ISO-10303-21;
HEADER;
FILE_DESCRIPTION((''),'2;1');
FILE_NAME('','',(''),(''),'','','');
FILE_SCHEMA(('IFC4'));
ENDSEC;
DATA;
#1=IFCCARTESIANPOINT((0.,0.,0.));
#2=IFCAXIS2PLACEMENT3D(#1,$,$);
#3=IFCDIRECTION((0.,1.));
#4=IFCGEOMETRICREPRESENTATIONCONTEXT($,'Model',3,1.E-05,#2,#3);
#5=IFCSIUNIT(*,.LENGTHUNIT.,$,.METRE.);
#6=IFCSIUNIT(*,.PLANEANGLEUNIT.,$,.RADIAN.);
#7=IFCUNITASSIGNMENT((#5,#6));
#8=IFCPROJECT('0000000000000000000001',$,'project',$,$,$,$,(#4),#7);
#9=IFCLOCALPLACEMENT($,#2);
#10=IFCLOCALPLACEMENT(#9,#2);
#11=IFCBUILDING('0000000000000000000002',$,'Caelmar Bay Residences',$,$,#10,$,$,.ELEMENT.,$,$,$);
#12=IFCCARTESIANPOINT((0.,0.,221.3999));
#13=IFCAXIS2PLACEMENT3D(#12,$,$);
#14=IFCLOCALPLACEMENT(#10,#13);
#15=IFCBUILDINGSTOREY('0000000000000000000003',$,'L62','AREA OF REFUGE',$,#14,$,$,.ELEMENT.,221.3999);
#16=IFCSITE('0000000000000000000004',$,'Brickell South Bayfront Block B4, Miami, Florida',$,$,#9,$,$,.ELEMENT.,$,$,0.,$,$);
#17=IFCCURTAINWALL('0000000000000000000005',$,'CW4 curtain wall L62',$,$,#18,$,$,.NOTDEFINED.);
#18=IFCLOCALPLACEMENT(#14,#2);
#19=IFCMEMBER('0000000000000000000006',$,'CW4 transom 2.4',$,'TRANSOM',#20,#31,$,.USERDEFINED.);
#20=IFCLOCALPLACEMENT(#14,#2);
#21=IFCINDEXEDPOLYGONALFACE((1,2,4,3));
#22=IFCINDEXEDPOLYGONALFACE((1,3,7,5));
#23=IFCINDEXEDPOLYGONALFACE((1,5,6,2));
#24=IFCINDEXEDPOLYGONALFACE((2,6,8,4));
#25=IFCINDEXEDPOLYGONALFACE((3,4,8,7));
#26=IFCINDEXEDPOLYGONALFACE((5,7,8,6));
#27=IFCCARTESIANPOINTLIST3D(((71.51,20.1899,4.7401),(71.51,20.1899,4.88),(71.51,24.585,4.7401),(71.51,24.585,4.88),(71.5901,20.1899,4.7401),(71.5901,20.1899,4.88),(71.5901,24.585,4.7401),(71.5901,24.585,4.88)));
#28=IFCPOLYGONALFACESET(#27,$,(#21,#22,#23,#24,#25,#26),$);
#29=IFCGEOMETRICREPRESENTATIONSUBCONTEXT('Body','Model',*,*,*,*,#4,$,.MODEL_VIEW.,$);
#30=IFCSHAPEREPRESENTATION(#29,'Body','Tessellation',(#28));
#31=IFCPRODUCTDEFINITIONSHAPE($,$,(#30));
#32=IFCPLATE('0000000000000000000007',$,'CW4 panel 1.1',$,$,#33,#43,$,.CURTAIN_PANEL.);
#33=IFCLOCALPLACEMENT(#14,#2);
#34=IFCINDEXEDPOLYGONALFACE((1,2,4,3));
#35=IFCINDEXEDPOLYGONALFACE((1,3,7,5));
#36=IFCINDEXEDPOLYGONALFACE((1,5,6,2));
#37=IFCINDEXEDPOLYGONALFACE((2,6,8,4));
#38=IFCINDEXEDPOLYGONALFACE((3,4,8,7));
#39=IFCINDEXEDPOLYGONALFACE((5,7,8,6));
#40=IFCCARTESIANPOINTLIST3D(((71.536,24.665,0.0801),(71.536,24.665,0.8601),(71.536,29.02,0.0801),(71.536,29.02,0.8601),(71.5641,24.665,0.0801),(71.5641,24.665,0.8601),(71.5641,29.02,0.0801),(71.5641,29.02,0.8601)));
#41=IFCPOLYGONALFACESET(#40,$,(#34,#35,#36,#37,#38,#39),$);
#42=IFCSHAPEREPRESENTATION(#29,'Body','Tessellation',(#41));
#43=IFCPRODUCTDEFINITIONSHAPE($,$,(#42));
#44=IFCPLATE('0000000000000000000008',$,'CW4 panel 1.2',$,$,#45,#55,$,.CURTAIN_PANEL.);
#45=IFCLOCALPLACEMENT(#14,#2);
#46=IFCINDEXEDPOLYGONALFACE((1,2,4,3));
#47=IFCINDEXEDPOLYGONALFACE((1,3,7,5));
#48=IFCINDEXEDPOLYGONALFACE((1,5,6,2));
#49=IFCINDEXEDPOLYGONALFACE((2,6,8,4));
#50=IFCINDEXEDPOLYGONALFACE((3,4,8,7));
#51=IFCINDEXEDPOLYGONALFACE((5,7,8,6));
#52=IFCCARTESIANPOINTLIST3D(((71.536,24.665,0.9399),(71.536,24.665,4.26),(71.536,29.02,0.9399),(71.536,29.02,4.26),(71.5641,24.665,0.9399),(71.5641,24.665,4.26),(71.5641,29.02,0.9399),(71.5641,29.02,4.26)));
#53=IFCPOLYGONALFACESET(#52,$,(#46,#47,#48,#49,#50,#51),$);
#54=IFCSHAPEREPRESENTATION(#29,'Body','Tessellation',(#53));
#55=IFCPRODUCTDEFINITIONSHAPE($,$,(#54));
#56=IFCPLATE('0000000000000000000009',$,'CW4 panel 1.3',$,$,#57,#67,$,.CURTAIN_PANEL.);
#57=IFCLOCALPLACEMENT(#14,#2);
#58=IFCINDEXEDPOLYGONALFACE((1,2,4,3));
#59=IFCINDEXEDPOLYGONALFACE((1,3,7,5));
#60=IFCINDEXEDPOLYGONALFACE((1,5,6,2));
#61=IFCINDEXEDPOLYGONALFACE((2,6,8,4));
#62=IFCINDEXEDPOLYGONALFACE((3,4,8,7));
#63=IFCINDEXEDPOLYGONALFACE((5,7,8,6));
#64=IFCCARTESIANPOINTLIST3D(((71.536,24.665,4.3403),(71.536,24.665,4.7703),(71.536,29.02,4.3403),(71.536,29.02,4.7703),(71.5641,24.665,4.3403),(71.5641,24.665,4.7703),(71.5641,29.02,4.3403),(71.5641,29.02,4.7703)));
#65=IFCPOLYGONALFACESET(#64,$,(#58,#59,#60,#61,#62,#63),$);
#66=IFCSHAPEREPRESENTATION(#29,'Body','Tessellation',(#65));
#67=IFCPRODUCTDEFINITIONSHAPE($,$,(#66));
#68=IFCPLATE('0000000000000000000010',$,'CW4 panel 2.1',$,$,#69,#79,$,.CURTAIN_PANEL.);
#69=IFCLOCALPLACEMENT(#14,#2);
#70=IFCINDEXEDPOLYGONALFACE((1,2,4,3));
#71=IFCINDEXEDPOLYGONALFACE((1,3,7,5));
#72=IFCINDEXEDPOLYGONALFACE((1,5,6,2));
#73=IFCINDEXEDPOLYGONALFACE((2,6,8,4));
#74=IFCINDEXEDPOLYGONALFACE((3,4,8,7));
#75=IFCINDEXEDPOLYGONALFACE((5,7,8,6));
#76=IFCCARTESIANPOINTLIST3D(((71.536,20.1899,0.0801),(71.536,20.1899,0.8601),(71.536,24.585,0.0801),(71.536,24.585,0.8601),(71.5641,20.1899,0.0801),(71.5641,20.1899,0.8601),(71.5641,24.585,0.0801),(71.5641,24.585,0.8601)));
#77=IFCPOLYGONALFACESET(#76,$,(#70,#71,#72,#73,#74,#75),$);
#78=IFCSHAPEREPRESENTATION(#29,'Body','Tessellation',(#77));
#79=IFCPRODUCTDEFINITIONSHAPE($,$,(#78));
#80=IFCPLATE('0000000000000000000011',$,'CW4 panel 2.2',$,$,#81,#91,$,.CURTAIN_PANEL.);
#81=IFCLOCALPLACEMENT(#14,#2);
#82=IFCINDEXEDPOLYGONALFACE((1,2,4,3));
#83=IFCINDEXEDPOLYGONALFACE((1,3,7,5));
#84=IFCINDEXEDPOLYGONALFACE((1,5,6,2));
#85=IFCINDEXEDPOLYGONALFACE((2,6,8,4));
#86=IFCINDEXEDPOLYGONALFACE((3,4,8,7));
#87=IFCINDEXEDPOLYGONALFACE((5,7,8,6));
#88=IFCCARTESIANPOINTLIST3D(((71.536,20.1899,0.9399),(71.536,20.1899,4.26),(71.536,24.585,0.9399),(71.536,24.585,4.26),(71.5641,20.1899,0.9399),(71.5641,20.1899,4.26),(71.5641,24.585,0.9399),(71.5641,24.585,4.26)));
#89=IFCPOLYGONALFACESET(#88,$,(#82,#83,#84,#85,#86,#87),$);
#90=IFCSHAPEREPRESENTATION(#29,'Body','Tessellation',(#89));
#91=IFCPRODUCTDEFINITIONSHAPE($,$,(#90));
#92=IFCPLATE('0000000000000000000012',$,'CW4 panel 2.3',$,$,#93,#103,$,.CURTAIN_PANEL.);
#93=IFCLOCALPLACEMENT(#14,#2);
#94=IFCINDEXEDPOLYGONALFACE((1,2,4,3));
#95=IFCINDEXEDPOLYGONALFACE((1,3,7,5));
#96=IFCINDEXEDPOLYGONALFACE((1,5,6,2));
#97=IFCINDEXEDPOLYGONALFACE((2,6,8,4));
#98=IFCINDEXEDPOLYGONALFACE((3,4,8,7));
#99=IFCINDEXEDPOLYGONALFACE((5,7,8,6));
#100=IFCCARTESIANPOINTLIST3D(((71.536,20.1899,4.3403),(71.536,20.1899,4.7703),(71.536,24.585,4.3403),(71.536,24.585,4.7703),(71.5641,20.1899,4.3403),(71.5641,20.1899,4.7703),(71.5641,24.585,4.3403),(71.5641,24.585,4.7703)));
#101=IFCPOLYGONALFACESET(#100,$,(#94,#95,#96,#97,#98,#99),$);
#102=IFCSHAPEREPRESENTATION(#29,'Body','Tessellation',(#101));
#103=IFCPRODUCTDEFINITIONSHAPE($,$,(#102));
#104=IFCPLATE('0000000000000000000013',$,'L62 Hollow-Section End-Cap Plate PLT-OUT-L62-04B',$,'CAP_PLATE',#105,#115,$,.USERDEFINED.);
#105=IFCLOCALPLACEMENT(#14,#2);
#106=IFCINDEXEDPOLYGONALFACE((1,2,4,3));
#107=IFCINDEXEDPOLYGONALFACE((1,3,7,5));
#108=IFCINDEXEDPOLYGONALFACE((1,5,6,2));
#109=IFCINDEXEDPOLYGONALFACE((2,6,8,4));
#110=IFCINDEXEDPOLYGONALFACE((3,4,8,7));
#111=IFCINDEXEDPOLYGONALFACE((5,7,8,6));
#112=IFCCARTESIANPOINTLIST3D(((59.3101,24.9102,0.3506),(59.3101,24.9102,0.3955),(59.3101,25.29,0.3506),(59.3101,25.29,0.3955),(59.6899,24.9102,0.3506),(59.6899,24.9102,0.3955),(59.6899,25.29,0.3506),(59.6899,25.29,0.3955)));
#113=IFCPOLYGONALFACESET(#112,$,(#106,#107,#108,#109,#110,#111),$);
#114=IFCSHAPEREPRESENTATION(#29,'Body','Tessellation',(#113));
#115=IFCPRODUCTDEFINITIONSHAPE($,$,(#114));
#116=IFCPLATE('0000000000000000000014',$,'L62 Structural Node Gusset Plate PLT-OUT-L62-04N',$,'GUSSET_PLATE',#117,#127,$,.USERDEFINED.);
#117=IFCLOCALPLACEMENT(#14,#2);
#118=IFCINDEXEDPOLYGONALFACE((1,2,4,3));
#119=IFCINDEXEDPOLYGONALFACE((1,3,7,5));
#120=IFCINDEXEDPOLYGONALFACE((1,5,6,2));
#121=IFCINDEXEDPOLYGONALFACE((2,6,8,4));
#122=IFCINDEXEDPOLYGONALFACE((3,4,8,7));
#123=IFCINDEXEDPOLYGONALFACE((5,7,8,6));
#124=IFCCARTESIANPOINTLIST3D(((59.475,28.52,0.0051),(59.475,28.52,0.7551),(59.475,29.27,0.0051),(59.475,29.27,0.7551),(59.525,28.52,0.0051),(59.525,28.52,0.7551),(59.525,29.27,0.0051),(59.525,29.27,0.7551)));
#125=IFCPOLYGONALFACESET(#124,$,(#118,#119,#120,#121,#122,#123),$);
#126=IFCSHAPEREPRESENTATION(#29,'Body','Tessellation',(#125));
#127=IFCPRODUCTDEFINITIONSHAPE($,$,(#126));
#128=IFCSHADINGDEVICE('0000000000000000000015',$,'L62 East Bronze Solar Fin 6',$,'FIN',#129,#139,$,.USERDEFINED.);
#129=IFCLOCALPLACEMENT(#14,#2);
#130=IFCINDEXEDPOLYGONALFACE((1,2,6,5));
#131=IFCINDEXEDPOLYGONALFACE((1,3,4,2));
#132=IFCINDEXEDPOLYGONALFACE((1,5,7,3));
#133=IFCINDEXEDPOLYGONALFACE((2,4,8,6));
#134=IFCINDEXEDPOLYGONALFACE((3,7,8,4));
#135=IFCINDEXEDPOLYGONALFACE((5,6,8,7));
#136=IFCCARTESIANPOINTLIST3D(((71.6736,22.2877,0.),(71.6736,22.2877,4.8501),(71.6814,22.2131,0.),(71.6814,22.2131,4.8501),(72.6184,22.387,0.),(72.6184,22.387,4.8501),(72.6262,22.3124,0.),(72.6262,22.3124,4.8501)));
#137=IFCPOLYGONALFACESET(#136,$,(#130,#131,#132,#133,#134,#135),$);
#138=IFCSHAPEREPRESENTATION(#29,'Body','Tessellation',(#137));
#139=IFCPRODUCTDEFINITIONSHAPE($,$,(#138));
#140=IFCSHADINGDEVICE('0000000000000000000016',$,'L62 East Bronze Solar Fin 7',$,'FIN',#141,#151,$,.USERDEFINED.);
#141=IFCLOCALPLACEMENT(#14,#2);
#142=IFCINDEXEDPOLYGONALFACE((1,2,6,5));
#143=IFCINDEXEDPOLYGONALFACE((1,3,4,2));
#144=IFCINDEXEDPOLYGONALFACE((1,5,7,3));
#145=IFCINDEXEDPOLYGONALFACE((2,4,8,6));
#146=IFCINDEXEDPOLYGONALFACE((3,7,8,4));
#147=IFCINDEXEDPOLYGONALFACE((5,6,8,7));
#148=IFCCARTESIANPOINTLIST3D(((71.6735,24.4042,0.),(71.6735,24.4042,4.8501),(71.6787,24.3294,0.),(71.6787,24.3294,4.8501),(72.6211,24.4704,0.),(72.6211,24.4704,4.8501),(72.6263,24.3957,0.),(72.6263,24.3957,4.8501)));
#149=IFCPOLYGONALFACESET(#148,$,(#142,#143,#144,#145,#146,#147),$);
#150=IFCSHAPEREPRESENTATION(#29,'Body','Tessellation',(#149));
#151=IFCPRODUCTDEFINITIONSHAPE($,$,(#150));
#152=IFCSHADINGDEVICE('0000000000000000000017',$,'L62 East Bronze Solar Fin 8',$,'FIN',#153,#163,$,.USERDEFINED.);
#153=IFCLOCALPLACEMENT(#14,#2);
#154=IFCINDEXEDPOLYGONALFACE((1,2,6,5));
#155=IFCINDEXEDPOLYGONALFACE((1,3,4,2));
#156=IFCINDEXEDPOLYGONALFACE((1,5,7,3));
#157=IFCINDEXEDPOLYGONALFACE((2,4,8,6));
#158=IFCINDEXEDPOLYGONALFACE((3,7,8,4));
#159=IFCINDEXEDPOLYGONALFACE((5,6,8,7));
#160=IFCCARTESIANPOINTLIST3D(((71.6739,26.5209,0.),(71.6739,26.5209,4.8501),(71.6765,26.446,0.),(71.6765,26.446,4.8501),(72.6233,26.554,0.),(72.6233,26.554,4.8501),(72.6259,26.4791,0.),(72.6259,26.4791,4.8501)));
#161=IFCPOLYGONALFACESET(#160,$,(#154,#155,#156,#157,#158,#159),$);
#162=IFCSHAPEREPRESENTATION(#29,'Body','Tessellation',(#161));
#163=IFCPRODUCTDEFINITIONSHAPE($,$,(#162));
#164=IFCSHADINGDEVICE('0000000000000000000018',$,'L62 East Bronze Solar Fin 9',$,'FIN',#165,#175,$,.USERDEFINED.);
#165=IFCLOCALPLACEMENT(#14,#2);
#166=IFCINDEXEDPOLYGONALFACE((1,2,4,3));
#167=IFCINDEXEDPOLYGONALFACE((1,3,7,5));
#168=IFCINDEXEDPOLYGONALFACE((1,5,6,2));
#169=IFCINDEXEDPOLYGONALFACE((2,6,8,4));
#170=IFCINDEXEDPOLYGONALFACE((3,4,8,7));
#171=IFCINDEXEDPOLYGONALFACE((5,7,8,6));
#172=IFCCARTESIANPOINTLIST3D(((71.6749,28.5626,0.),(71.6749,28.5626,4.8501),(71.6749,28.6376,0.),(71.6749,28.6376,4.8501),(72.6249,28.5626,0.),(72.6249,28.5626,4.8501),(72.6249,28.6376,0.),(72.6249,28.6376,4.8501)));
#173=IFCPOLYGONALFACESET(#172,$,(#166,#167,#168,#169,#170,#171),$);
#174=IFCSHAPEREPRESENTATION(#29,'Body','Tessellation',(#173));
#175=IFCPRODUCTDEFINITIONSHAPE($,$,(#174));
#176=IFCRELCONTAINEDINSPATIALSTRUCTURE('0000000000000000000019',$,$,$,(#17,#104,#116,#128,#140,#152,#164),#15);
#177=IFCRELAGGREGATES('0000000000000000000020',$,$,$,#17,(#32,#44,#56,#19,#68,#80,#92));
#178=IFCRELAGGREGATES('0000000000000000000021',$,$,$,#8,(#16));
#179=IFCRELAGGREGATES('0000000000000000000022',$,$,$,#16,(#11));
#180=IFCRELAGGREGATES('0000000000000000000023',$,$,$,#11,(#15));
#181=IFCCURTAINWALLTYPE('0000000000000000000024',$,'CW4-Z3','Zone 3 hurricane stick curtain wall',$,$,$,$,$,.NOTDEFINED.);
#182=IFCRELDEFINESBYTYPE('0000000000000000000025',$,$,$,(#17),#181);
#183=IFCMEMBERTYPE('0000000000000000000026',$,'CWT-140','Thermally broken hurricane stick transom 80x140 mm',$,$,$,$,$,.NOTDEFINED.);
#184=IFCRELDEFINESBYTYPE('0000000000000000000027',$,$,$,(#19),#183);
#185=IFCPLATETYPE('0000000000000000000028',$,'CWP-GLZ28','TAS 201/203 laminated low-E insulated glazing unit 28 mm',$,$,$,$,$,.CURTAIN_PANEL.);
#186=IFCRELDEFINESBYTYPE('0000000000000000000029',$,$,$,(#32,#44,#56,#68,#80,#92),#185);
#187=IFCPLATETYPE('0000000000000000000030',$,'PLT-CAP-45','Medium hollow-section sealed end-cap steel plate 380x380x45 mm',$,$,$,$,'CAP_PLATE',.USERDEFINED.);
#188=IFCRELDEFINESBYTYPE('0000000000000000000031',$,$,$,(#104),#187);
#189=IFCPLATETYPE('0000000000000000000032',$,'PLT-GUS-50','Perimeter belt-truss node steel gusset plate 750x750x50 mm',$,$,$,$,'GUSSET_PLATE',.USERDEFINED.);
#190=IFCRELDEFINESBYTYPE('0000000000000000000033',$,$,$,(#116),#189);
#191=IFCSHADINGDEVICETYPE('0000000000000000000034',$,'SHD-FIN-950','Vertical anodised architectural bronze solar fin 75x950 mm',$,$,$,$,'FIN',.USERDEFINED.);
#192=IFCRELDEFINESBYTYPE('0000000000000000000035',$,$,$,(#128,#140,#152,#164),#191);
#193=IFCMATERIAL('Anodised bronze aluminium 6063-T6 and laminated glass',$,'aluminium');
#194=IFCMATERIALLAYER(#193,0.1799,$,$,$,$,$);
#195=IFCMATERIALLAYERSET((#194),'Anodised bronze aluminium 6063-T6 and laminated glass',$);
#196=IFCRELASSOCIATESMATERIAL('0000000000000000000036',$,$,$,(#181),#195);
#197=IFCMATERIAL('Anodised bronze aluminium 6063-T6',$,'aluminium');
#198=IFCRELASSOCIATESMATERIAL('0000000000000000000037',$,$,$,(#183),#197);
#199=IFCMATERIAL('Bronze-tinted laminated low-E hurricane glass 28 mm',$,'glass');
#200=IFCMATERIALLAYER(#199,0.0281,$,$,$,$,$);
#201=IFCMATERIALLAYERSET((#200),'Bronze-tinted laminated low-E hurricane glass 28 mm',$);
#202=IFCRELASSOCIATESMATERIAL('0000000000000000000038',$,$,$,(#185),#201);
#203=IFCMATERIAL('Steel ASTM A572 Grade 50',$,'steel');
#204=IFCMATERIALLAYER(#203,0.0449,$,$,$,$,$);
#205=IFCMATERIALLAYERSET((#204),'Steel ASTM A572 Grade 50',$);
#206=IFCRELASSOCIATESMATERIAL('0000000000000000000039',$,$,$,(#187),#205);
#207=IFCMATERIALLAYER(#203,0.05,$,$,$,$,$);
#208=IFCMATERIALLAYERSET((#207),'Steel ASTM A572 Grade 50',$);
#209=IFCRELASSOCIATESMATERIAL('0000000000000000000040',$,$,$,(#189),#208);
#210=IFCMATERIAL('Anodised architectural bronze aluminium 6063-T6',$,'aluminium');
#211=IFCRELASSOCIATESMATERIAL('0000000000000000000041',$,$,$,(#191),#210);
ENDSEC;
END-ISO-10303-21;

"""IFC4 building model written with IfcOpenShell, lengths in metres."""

from ifc_helpers import new_model, si_unit, direction, frame, origin, origin_2d, place, context, subcontext, project, spatial, rectangle, extrude, material, layer, layer_set, material_profile, profile_set, type_object, element, aggregate, save


model = new_model("IFC4")

# Units and contexts
model_context = context("Model", 3, precision=1e-05, world=origin(), true_north=direction((0.0, 1.0)))
body_context = subcontext(model_context, "Body", "Model", "MODEL_VIEW")
ifc_project = project(units=[si_unit("LENGTHUNIT", "METRE"), si_unit("PLANEANGLEUNIT", "RADIAN")], contexts=[model_context])

# Site, building, storey
site_placement = place(None, origin())
site = spatial("IfcSite", under=ifc_project, at=site_placement, Name="Brickell South Bayfront Block B4, Miami, Florida", CompositionType="ELEMENT", RefElevation=0.0)
building_placement = place(site_placement, origin())
building = spatial("IfcBuilding", under=site, at=building_placement, Name="Caelmar Bay Residences", CompositionType="ELEMENT")
storey_placement = place(building_placement, frame((0.0, 0.0, 221.3999)))
storey = spatial("IfcBuildingStorey", under=building, at=storey_placement, Name="L62", Description="AREA OF REFUGE", CompositionType="ELEMENT", Elevation=221.3999)

# Curtain wall, member, plates
ifc_material_1 = material(Name="Anodised bronze aluminium 6063-T6 and laminated glass", Category="aluminium")
ifc_layer_1 = layer(ifc_material_1, 0.1799)
ifc_layer_set_1 = layer_set([ifc_layer_1], Name="Anodised bronze aluminium 6063-T6 and laminated glass")
curtain_wall_type = type_object("IfcCurtainWallType", Name="CW4-Z3", Description="Zone 3 hurricane stick curtain wall", PredefinedType="NOTDEFINED", material=ifc_layer_set_1)
curtain_wall_placement = place(storey_placement, origin())
curtain_wall = element("IfcCurtainWall", 1, at=curtain_wall_placement, inside=storey, type_object=curtain_wall_type, Name="CW4 curtain wall L62", PredefinedType="NOTDEFINED")
ifc_material_2 = material(Name="Anodised bronze aluminium 6063-T6", Category="aluminium")
ifc_material_profile_1 = material_profile(ifc_material_2, rectangle(XDim=0.0801, YDim=0.1399, at=origin_2d()), Name="CWT-80X140")
ifc_profile_set_1 = profile_set([ifc_material_profile_1], Name="Anodised bronze aluminium 6063-T6")
member_type_1 = type_object("IfcMemberType", Name="CWT-140", Description="Thermally broken hurricane stick transom 80x140 mm", PredefinedType="NOTDEFINED", material=ifc_profile_set_1)
member_1_placement = place(storey_placement, frame((71.55, 24.585, 4.8101), z_axis=(0.0, -1.0, 0.0), x_axis=(1.0, 0.0, 0.0)))
member_1 = element("IfcMember", 2, at=member_1_placement, type_object=member_type_1, Name="CW4 transom 2.4", ObjectType="TRANSOM", PredefinedType="USERDEFINED", context=body_context, shape_type="SweptSolid", body=[
    extrude(rectangle(XDim=0.0801, YDim=0.1399, at=origin_2d()), origin(), (0.0, 0.0, 1.0), 4.395),
])
ifc_material_3 = material(Name="Bronze-tinted laminated low-E hurricane glass 28 mm", Category="glass")
ifc_layer_2 = layer(ifc_material_3, 0.0281)
ifc_layer_set_2 = layer_set([ifc_layer_2], Name="Bronze-tinted laminated low-E hurricane glass 28 mm")
plate_type_1 = type_object("IfcPlateType", Name="CWP-GLZ28", Description="TAS 201/203 laminated low-E insulated glazing unit 28 mm", PredefinedType="CURTAIN_PANEL", material=ifc_layer_set_2)
plate_1_placement = place(storey_placement, frame((71.55, 26.8425, 0.0801), z_axis=(0.0, 0.0, 1.0), x_axis=(0.0, -1.0, 0.0)))
plate_1 = element("IfcPlate", 3, at=plate_1_placement, type_object=plate_type_1, Name="CW4 panel 1.1", PredefinedType="CURTAIN_PANEL", context=body_context, shape_type="SweptSolid", body=[
    extrude(rectangle(XDim=4.355, YDim=0.0281, at=origin_2d()), origin(), (0.0, 0.0, 1.0), 0.78),
])
plate_2_placement = place(storey_placement, frame((71.55, 26.8425, 0.9399), z_axis=(0.0, 0.0, 1.0), x_axis=(0.0, -1.0, 0.0)))
plate_2 = element("IfcPlate", 4, at=plate_2_placement, type_object=plate_type_1, Name="CW4 panel 1.2", PredefinedType="CURTAIN_PANEL", context=body_context, shape_type="SweptSolid", body=[
    extrude(rectangle(XDim=4.355, YDim=0.0281, at=origin_2d()), origin(), (0.0, 0.0, 1.0), 3.3201),
])
plate_3_placement = place(storey_placement, frame((71.55, 26.8425, 4.3403), z_axis=(0.0, 0.0, 1.0), x_axis=(0.0, -1.0, 0.0)))
plate_3 = element("IfcPlate", 5, at=plate_3_placement, type_object=plate_type_1, Name="CW4 panel 1.3", PredefinedType="CURTAIN_PANEL", context=body_context, shape_type="SweptSolid", body=[
    extrude(rectangle(XDim=4.355, YDim=0.0281, at=origin_2d()), origin(), (0.0, 0.0, 1.0), 0.4299),
])
plate_4_placement = place(storey_placement, frame((71.55, 22.3875, 0.0801), z_axis=(0.0, 0.0, 1.0), x_axis=(0.0, -1.0, 0.0)))
plate_4 = element("IfcPlate", 6, at=plate_4_placement, type_object=plate_type_1, Name="CW4 panel 2.1", PredefinedType="CURTAIN_PANEL", context=body_context, shape_type="SweptSolid", body=[
    extrude(rectangle(XDim=4.395, YDim=0.0281, at=origin_2d()), origin(), (0.0, 0.0, 1.0), 0.78),
])
plate_5_placement = place(storey_placement, frame((71.55, 22.3875, 0.9399), z_axis=(0.0, 0.0, 1.0), x_axis=(0.0, -1.0, 0.0)))
plate_5 = element("IfcPlate", 7, at=plate_5_placement, type_object=plate_type_1, Name="CW4 panel 2.2", PredefinedType="CURTAIN_PANEL", context=body_context, shape_type="SweptSolid", body=[
    extrude(rectangle(XDim=4.395, YDim=0.0281, at=origin_2d()), origin(), (0.0, 0.0, 1.0), 3.3201),
])
plate_6_placement = place(storey_placement, frame((71.55, 22.3875, 4.3403), z_axis=(0.0, 0.0, 1.0), x_axis=(0.0, -1.0, 0.0)))
plate_6 = element("IfcPlate", 8, at=plate_6_placement, type_object=plate_type_1, Name="CW4 panel 2.3", PredefinedType="CURTAIN_PANEL", context=body_context, shape_type="SweptSolid", body=[
    extrude(rectangle(XDim=4.395, YDim=0.0281, at=origin_2d()), origin(), (0.0, 0.0, 1.0), 0.4299),
])
aggregate(curtain_wall, [plate_1, plate_2, plate_3, member_1, plate_4, plate_5, plate_6])

# Plates
ifc_material_4 = material(Name="Steel ASTM A572 Grade 50", Category="steel")
ifc_layer_3 = layer(ifc_material_4, 0.0449)
ifc_layer_set_3 = layer_set([ifc_layer_3], Name="Steel ASTM A572 Grade 50")
plate_type_2 = type_object("IfcPlateType", Name="PLT-CAP-45", Description="Medium hollow-section sealed end-cap steel plate 380x380x45 mm", ElementType="CAP_PLATE", PredefinedType="USERDEFINED", material=ifc_layer_set_3)
plate_7_placement = place(storey_placement, frame((59.5, 25.1001, 0.3506), z_axis=(0.0, 0.0, 1.0), x_axis=(1.0, 0.0, 0.0)))
element("IfcPlate", 9, at=plate_7_placement, inside=storey, type_object=plate_type_2, Name="L62 Hollow-Section End-Cap Plate PLT-OUT-L62-04B", ObjectType="CAP_PLATE", PredefinedType="USERDEFINED", context=body_context, shape_type="SweptSolid", body=[
    extrude(rectangle(XDim=0.3799, YDim=0.3799, at=origin_2d()), origin(), (0.0, 0.0, 1.0), 0.0449),
])
ifc_layer_4 = layer(ifc_material_4, 0.05)
ifc_layer_set_4 = layer_set([ifc_layer_4], Name="Steel ASTM A572 Grade 50")
plate_type_3 = type_object("IfcPlateType", Name="PLT-GUS-50", Description="Perimeter belt-truss node steel gusset plate 750x750x50 mm", ElementType="GUSSET_PLATE", PredefinedType="USERDEFINED", material=ifc_layer_set_4)
plate_8_placement = place(storey_placement, frame((59.5, 28.895, 0.0051), z_axis=(0.0, 0.0, 1.0), x_axis=(0.0, 1.0, 0.0)))
element("IfcPlate", 10, at=plate_8_placement, inside=storey, type_object=plate_type_3, Name="L62 Structural Node Gusset Plate PLT-OUT-L62-04N", ObjectType="GUSSET_PLATE", PredefinedType="USERDEFINED", context=body_context, shape_type="SweptSolid", body=[
    extrude(rectangle(XDim=0.75, YDim=0.05, at=origin_2d()), origin(), (0.0, 0.0, 1.0), 0.75),
])

# Shading devices
ifc_material_5 = material(Name="Anodised architectural bronze aluminium 6063-T6", Category="aluminium")
ifc_material_profile_2 = material_profile(ifc_material_5, rectangle(XDim=0.075, YDim=0.95, at=origin_2d()), Name="BRONZE-FIN-75X950")
ifc_profile_set_2 = profile_set([ifc_material_profile_2], Name="Anodised architectural bronze aluminium 6063-T6")
shading_device_type = type_object("IfcShadingDeviceType", Name="SHD-FIN-950", Description="Vertical anodised architectural bronze solar fin 75x950 mm", ElementType="FIN", PredefinedType="USERDEFINED", material=ifc_profile_set_2)
for number, where, z_axis, x_axis, name in (
    (11, (72.1499, 22.3, 0.0), (0.0, 0.0, 1.0), (-0.104528, 0.994522, 0.0), "L62 East Bronze Solar Fin 6"),
    (12, (72.1499, 24.3999, 0.0), (0.0, 0.0, 1.0), (-0.069756, 0.997564, 0.0), "L62 East Bronze Solar Fin 7"),
    (13, (72.1499, 26.5, 0.0), (0.0, 0.0, 1.0), (-0.034899, 0.999391, 0.0), "L62 East Bronze Solar Fin 8"),
    (14, (72.1499, 28.6001, 0.0), (0.0, 0.0, 1.0), (0.0, 1.0, 0.0), "L62 East Bronze Solar Fin 9"),
):
    element("IfcShadingDevice", number, at=place(storey_placement, frame(where, z_axis=z_axis, x_axis=x_axis)), inside=storey, type_object=shading_device_type, Name=name, ObjectType="FIN", PredefinedType="USERDEFINED", context=body_context, shape_type="SweptSolid", body=[
        extrude(rectangle(XDim=0.075, YDim=0.95, at=origin_2d()), origin(), (0.0, 0.0, 1.0), 4.8501),
    ])

save(model, "model.ifc")
